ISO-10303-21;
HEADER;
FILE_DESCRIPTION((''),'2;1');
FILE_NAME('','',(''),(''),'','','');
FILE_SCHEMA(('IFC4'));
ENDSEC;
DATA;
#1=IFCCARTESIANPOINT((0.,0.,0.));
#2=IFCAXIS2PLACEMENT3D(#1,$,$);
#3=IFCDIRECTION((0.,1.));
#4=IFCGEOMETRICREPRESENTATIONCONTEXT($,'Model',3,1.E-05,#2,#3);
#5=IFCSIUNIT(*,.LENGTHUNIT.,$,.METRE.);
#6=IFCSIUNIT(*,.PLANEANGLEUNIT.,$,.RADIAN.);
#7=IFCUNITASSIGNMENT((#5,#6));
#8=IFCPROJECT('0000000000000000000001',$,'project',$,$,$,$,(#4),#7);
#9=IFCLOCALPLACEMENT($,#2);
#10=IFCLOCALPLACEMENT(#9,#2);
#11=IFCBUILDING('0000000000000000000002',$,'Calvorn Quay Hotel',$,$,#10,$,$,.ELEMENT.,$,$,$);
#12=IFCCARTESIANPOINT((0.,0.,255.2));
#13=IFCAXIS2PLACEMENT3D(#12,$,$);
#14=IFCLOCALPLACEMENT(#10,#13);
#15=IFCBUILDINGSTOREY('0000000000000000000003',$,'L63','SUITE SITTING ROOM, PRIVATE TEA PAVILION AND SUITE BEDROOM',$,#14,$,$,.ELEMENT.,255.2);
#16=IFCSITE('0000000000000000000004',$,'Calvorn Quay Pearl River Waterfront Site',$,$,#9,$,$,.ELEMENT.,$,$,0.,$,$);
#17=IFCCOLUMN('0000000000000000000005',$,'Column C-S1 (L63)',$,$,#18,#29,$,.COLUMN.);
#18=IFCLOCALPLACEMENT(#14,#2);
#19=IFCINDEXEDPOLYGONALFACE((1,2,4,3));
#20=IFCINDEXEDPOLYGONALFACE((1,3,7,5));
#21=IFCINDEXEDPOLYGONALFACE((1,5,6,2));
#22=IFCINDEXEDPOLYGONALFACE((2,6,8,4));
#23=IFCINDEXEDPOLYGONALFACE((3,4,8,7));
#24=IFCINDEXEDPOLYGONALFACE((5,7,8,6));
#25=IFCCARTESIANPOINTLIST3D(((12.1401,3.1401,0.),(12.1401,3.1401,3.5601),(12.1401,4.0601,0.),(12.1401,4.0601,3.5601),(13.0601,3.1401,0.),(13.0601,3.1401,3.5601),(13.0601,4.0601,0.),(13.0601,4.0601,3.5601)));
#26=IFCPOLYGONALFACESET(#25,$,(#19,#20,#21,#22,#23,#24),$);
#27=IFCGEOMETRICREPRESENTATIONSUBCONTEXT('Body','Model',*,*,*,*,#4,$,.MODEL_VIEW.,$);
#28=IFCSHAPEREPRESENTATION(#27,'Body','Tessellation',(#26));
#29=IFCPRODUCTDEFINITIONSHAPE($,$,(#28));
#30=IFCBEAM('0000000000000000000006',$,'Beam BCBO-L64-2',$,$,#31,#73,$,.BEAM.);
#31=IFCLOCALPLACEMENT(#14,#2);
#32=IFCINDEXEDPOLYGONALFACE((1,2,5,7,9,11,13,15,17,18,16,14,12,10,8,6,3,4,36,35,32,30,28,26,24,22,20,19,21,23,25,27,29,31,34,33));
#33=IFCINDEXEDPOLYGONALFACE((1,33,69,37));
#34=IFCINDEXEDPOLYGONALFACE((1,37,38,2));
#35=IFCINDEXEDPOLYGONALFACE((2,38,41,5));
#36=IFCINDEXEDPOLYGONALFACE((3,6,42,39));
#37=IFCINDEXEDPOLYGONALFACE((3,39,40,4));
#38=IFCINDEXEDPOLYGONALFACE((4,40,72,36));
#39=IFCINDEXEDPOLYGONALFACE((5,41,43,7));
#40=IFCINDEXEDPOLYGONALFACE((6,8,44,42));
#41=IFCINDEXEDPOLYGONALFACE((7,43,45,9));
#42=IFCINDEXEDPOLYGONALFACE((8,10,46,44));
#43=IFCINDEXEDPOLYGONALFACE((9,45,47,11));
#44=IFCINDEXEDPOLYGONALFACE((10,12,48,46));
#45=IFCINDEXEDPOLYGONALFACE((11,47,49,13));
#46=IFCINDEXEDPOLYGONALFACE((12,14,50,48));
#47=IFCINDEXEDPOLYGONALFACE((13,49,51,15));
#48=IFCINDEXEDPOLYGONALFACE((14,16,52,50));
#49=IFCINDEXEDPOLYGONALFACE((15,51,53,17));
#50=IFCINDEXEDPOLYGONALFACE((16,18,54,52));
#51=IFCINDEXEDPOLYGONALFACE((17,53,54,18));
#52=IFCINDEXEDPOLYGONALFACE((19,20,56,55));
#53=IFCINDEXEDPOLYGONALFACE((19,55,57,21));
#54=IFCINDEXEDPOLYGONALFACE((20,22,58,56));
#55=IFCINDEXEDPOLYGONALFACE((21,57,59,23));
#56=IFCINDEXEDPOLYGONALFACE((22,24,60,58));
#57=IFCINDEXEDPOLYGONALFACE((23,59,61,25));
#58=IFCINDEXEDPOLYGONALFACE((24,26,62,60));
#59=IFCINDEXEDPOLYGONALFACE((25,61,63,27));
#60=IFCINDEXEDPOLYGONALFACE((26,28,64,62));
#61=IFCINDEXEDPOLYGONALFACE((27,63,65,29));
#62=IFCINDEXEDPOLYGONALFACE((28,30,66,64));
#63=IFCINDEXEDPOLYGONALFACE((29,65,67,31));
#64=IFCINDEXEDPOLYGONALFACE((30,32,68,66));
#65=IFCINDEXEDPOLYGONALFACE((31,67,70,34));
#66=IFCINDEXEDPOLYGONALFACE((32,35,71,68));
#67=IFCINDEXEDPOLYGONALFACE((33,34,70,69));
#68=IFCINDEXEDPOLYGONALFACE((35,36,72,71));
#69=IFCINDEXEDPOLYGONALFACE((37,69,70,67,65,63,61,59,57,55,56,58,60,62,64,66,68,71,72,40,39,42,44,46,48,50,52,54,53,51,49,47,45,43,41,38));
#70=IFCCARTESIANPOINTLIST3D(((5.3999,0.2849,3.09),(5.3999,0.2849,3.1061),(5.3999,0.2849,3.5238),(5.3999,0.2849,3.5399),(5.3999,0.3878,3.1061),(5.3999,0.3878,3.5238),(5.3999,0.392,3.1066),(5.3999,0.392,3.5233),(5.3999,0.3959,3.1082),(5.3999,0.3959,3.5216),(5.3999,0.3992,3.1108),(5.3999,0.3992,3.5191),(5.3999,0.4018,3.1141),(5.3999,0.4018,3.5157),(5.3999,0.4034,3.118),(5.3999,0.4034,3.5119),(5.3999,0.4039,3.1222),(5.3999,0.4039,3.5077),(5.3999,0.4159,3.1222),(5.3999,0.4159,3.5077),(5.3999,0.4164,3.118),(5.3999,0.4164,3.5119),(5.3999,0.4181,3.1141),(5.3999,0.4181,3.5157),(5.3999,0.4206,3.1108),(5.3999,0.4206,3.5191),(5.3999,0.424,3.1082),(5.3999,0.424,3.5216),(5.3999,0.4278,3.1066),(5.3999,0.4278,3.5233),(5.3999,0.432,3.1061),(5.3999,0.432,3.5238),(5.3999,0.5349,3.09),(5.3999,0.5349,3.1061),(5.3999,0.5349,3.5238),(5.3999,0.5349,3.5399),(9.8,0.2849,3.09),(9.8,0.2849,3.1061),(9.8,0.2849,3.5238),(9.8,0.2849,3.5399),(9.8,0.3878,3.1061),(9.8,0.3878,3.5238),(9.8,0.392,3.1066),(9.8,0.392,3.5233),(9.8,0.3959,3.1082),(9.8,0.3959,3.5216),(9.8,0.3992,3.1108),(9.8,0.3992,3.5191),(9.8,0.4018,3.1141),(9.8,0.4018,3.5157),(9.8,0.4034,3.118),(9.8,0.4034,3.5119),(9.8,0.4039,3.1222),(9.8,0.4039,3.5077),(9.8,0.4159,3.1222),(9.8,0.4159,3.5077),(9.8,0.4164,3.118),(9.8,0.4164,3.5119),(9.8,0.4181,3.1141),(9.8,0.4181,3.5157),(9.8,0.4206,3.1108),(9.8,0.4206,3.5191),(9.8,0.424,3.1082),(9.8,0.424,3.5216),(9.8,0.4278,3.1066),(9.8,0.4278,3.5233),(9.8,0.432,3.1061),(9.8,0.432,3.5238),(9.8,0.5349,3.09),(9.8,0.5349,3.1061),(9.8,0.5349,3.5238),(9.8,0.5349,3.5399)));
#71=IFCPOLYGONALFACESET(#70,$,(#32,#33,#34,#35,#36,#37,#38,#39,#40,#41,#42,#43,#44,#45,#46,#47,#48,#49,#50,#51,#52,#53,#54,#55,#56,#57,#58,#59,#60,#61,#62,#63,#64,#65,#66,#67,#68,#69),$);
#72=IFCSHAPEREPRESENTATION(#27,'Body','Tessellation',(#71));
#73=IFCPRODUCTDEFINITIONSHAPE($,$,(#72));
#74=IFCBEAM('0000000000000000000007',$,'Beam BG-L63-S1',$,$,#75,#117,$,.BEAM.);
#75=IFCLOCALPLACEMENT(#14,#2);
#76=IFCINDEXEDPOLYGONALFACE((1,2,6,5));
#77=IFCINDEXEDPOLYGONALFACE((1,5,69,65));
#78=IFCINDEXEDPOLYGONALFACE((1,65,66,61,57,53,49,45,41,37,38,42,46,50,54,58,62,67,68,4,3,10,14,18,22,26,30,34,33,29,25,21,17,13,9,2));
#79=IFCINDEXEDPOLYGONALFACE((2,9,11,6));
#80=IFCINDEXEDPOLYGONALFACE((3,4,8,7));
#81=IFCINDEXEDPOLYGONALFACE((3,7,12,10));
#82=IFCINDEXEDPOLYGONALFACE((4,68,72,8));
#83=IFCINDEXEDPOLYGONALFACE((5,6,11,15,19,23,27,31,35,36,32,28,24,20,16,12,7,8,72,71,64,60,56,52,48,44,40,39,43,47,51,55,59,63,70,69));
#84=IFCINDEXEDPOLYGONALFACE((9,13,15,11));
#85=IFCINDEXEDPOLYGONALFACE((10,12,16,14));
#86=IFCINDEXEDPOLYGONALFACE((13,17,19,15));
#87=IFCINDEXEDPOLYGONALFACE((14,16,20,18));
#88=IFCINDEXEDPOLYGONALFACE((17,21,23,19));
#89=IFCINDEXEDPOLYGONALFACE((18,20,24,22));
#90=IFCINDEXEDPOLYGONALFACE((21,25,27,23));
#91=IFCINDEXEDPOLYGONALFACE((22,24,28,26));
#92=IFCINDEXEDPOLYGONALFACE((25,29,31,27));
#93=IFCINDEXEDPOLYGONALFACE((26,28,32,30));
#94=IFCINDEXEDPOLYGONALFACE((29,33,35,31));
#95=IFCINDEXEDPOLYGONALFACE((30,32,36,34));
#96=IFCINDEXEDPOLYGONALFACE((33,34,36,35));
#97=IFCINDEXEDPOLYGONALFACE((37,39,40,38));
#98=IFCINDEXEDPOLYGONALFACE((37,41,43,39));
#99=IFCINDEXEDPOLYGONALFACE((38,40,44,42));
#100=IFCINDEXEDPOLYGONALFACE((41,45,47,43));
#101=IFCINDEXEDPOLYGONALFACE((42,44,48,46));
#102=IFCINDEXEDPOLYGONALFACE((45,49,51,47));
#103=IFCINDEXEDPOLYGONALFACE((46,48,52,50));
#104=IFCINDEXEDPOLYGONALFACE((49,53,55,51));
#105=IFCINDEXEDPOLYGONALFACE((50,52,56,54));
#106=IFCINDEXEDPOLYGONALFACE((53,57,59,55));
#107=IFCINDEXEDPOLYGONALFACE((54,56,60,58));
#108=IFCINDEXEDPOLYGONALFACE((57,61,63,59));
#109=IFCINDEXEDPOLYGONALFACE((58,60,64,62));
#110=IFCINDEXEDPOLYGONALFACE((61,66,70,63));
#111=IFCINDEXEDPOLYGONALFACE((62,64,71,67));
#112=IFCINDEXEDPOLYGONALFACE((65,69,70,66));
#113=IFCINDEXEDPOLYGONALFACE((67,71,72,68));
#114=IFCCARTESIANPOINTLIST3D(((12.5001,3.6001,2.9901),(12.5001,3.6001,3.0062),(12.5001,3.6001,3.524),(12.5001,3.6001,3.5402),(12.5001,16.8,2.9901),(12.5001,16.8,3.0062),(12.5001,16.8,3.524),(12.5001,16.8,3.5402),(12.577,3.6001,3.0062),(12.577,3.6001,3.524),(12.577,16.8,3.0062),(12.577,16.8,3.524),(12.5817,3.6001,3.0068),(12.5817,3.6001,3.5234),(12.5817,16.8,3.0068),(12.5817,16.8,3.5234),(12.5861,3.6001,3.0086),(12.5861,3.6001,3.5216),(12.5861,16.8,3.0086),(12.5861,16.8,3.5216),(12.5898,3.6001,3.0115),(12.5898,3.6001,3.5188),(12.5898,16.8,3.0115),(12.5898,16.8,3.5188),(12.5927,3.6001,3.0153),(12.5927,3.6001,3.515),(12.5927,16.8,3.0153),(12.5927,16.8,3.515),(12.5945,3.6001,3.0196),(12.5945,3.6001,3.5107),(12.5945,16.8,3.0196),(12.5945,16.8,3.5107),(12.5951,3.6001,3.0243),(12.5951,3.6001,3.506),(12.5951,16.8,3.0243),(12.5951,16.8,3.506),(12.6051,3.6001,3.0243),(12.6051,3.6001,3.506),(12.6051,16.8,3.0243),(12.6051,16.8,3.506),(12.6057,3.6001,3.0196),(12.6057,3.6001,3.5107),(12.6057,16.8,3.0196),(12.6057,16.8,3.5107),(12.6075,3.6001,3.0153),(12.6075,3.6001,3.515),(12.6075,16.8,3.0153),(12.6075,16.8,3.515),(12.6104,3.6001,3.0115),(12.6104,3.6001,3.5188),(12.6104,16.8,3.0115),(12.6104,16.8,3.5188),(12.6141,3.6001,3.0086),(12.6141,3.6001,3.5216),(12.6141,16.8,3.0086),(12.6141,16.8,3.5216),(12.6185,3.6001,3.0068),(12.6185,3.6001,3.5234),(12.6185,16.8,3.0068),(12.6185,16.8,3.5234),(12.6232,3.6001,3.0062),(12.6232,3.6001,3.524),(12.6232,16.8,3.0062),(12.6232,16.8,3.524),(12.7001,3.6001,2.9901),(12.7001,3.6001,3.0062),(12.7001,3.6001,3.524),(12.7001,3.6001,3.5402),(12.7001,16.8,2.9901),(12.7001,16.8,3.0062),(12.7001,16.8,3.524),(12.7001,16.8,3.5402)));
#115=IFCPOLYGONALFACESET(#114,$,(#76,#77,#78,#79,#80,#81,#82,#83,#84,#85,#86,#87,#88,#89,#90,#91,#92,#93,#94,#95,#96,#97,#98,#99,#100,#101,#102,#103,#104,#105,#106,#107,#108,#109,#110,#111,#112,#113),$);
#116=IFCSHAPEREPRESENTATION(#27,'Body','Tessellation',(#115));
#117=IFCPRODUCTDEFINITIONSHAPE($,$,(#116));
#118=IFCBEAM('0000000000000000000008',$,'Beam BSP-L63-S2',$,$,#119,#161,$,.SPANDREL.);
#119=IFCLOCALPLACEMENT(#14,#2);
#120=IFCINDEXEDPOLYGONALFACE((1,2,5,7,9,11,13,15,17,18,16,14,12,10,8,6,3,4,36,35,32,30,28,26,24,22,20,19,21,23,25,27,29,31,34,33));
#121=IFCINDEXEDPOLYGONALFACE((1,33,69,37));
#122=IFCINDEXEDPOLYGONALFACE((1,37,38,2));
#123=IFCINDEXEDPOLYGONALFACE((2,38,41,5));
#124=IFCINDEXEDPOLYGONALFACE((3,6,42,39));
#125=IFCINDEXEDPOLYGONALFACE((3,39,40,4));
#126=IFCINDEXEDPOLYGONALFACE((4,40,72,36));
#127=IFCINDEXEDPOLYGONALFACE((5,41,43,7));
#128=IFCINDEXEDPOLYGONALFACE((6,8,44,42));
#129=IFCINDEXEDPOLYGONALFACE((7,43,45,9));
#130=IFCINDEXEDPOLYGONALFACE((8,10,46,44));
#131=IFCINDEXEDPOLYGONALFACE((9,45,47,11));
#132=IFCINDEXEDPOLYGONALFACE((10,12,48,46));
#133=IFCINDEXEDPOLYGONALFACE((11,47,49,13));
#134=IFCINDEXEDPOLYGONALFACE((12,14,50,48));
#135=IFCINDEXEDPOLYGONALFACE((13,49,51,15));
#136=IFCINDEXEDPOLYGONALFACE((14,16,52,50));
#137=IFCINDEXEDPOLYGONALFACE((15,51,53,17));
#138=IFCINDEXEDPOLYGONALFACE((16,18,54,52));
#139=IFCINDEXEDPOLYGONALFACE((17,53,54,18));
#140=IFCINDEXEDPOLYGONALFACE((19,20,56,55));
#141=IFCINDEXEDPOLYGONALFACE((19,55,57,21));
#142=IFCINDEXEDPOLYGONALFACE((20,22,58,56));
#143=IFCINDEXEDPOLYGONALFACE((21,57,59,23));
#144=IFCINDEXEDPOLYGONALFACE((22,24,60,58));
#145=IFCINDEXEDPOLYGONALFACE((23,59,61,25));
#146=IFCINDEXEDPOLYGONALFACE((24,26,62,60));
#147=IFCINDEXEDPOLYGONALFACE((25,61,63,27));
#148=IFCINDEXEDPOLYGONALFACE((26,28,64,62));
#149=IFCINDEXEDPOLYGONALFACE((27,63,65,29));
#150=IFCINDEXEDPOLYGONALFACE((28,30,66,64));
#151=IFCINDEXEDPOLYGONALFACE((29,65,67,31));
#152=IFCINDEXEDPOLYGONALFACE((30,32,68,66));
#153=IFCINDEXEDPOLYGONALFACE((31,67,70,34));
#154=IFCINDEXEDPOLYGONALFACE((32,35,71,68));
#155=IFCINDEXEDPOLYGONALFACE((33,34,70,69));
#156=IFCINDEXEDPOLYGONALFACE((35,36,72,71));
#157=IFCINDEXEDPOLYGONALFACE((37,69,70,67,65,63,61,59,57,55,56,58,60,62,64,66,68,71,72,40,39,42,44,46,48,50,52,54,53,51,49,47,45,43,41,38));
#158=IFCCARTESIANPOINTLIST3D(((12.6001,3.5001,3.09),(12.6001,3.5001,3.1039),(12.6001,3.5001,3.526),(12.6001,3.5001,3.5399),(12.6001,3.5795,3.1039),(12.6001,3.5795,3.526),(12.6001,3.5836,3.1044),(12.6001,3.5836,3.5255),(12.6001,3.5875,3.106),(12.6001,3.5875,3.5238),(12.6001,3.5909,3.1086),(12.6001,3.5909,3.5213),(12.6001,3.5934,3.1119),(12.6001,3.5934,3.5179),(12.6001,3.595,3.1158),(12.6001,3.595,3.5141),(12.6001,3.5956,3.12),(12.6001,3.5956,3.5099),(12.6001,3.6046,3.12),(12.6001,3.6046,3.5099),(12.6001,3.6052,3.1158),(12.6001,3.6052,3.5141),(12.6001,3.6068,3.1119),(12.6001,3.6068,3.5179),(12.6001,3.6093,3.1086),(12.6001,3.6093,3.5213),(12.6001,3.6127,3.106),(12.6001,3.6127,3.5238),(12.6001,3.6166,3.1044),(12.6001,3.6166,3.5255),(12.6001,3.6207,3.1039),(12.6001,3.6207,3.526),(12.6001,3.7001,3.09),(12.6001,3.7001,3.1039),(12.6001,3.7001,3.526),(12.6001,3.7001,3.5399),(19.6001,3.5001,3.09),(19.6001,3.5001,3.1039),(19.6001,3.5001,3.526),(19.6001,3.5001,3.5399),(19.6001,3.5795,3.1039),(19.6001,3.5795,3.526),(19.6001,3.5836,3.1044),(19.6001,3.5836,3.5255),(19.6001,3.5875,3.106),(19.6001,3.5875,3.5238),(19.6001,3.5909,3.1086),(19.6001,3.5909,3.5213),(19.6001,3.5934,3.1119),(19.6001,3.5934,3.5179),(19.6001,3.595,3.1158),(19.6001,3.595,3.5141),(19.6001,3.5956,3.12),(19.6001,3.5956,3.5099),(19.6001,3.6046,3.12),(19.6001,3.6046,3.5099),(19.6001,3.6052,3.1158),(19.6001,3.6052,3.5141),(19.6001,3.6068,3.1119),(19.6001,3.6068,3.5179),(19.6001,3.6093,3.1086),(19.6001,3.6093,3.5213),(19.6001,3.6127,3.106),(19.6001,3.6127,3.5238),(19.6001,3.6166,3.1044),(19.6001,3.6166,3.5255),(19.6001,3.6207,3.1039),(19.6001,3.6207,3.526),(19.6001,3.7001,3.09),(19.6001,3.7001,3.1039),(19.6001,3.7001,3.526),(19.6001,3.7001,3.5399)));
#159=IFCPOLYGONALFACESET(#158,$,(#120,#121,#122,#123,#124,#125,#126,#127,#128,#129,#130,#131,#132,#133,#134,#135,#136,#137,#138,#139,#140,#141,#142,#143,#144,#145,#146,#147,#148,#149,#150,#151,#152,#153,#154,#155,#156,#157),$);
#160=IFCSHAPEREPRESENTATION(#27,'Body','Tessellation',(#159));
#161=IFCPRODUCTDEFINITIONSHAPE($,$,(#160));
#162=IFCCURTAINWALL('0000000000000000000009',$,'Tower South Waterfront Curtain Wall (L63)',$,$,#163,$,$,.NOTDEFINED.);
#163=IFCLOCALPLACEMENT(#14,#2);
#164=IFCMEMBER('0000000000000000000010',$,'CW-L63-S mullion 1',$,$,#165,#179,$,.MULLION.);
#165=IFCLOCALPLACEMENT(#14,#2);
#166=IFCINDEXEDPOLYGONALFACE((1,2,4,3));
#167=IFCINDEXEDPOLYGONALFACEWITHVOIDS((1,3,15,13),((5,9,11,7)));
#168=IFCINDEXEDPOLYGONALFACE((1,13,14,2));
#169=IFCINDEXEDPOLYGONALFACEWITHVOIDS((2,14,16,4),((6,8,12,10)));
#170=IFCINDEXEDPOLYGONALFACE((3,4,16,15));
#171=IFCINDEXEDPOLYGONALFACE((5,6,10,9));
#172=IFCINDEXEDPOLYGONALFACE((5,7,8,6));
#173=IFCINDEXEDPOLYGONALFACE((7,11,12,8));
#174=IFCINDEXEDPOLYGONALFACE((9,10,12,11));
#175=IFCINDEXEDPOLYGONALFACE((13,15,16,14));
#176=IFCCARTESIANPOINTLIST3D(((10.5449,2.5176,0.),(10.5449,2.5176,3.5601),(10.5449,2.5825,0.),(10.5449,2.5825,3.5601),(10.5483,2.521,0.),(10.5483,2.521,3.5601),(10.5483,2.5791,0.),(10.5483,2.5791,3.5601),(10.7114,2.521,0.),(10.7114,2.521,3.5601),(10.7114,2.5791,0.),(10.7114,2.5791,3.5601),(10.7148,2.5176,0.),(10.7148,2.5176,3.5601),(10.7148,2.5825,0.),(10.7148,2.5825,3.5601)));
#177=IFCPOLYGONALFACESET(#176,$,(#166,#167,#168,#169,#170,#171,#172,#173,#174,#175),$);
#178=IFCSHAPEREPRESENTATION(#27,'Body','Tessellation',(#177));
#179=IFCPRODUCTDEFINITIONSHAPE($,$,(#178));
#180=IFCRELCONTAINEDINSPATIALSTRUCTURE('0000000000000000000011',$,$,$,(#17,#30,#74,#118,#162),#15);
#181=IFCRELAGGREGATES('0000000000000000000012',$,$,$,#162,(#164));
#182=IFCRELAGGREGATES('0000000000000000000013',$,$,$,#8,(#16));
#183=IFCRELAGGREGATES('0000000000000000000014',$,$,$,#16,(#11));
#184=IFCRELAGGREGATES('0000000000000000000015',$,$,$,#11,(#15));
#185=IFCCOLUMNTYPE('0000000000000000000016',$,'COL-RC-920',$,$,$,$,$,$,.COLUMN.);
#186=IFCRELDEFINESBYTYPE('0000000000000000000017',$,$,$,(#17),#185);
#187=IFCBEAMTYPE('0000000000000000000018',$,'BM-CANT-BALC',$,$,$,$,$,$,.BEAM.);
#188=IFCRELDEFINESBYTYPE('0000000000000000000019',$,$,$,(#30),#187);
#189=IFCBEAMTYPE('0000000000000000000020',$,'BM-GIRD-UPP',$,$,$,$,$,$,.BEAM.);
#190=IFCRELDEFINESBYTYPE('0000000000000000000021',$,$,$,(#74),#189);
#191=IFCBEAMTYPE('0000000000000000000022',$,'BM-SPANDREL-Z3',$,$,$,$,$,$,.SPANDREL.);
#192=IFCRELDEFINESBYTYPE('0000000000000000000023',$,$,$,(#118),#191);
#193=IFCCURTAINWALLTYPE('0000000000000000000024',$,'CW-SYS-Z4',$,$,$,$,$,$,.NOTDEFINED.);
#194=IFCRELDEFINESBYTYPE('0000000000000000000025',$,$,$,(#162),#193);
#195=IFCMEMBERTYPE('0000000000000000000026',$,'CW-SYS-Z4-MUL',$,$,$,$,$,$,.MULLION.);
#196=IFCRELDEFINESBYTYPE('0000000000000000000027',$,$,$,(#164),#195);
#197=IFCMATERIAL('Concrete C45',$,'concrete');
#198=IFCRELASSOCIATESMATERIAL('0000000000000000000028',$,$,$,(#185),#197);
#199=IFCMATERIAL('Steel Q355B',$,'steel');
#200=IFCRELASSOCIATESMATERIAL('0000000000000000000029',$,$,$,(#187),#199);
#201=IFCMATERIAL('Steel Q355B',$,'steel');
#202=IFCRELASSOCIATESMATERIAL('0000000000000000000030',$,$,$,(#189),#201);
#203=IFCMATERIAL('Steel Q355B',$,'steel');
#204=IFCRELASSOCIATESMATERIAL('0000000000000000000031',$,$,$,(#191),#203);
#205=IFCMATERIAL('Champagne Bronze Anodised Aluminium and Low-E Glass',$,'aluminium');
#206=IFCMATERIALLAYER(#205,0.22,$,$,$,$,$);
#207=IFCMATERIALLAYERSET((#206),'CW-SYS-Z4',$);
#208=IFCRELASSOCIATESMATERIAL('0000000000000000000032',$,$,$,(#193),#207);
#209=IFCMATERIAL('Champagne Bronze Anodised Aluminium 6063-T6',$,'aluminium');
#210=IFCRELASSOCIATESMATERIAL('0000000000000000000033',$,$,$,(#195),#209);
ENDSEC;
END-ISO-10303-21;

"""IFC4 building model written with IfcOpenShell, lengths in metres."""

from ifc_helpers import new_model, si_unit, direction, frame, origin, origin_2d, place, context, subcontext, project, spatial, rectangle, hollow_rectangle, i_section, extrude, material, layer, layer_set, material_profile, profile_set, type_object, element, aggregate, save


model = new_model("IFC4")

# Units and contexts
model_context = context("Model", 3, precision=1e-05, world=origin(), true_north=direction((0.0, 1.0)))
body_context = subcontext(model_context, "Body", "Model", "MODEL_VIEW")
ifc_project = project(units=[si_unit("LENGTHUNIT", "METRE"), si_unit("PLANEANGLEUNIT", "RADIAN")], contexts=[model_context])

# Site, building, storey
site_placement = place(None, origin())
site = spatial("IfcSite", under=ifc_project, at=site_placement, Name="Calvorn Quay Pearl River Waterfront Site", CompositionType="ELEMENT", RefElevation=0.0)
building_placement = place(site_placement, origin())
building = spatial("IfcBuilding", under=site, at=building_placement, Name="Calvorn Quay Hotel", CompositionType="ELEMENT")
storey_placement = place(building_placement, frame((0.0, 0.0, 255.2)))
storey = spatial("IfcBuildingStorey", under=building, at=storey_placement, Name="L63", Description="SUITE SITTING ROOM, PRIVATE TEA PAVILION AND SUITE BEDROOM", CompositionType="ELEMENT", Elevation=255.2)

# Column
ifc_material_1 = material(Name="Concrete C45", Category="concrete")
ifc_material_profile_1 = material_profile(ifc_material_1, rectangle(XDim=0.9199, YDim=0.9199, at=origin_2d()), Name="RC920x920")
ifc_profile_set_1 = profile_set([ifc_material_profile_1], Name="Concrete C45")
column_type = type_object("IfcColumnType", Name="COL-RC-920", PredefinedType="COLUMN", material=ifc_profile_set_1)
column_placement = place(storey_placement, frame((12.6001, 3.6001, 0.0), z_axis=(0.0, 0.0, 1.0), x_axis=(1.0, 0.0, 0.0)))
element("IfcColumn", 1, at=column_placement, inside=storey, type_object=column_type, Name="Column C-S1 (L63)", PredefinedType="COLUMN", context=body_context, shape_type="SweptSolid", body=[
    extrude(rectangle(XDim=0.9199, YDim=0.9199, at=origin_2d()), origin(), (0.0, 0.0, 1.0), 3.5601),
])

# Beams
ifc_material_2 = material(Name="Steel Q355B", Category="steel")
ifc_material_profile_2 = material_profile(ifc_material_2, i_section(OverallWidth=0.25, OverallDepth=0.45, WebThickness=0.012, FlangeThickness=0.0161, FilletRadius=0.0161, at=origin_2d()), Name="HN450x250x12x16")
ifc_profile_set_2 = profile_set([ifc_material_profile_2], Name="Steel Q355B")
beam_type_1 = type_object("IfcBeamType", Name="BM-CANT-BALC", PredefinedType="BEAM", material=ifc_profile_set_2)
beam_1_placement = place(storey_placement, frame((5.3999, 0.4099, 3.3149), z_axis=(1.0, 0.0, 0.0), x_axis=(0.0, 1.0, 0.0)))
element("IfcBeam", 2, at=beam_1_placement, inside=storey, type_object=beam_type_1, Name="Beam BCBO-L64-2", PredefinedType="BEAM", context=body_context, shape_type="SweptSolid", body=[
    extrude(i_section(OverallWidth=0.25, OverallDepth=0.45, WebThickness=0.012, FlangeThickness=0.0161, FilletRadius=0.0161, at=origin_2d()), origin(), (0.0, 0.0, 1.0), 4.4001),
])
ifc_material_3 = material(Name="Steel Q355B", Category="steel")
ifc_material_profile_3 = material_profile(ifc_material_3, i_section(OverallWidth=0.2, OverallDepth=0.55, WebThickness=0.01, FlangeThickness=0.0161, FilletRadius=0.0181, at=origin_2d()), Name="HN550x200x10x16")
ifc_profile_set_3 = profile_set([ifc_material_profile_3], Name="Steel Q355B")
beam_type_2 = type_object("IfcBeamType", Name="BM-GIRD-UPP", PredefinedType="BEAM", material=ifc_profile_set_3)
beam_2_placement = place(storey_placement, frame((12.6001, 3.6001, 3.2651), z_axis=(0.0, 1.0, 0.0), x_axis=(-1.0, 0.0, 0.0)))
element("IfcBeam", 3, at=beam_2_placement, inside=storey, type_object=beam_type_2, Name="Beam BG-L63-S1", PredefinedType="BEAM", context=body_context, shape_type="SweptSolid", body=[
    extrude(i_section(OverallWidth=0.2, OverallDepth=0.55, WebThickness=0.01, FlangeThickness=0.0161, FilletRadius=0.0181, at=origin_2d()), origin(), (0.0, 0.0, 1.0), 13.2),
])
ifc_material_4 = material(Name="Steel Q355B", Category="steel")
ifc_material_profile_4 = material_profile(ifc_material_4, i_section(OverallWidth=0.2, OverallDepth=0.45, WebThickness=0.009, FlangeThickness=0.0139, FilletRadius=0.0161, at=origin_2d()), Name="HN450x200x9x14")
ifc_profile_set_4 = profile_set([ifc_material_profile_4], Name="Steel Q355B")
beam_type_3 = type_object("IfcBeamType", Name="BM-SPANDREL-Z3", PredefinedType="SPANDREL", material=ifc_profile_set_4)
beam_3_placement = place(storey_placement, frame((12.6001, 3.6001, 3.3149), z_axis=(1.0, 0.0, 0.0), x_axis=(0.0, 1.0, 0.0)))
element("IfcBeam", 4, at=beam_3_placement, inside=storey, type_object=beam_type_3, Name="Beam BSP-L63-S2", PredefinedType="SPANDREL", context=body_context, shape_type="SweptSolid", body=[
    extrude(i_section(OverallWidth=0.2, OverallDepth=0.45, WebThickness=0.009, FlangeThickness=0.0139, FilletRadius=0.0161, at=origin_2d()), origin(), (0.0, 0.0, 1.0), 7.0),
])

# Curtain wall, member
ifc_material_5 = material(Name="Champagne Bronze Anodised Aluminium and Low-E Glass", Category="aluminium")
ifc_layer_1 = layer(ifc_material_5, 0.22)
ifc_layer_set_1 = layer_set([ifc_layer_1], Name="CW-SYS-Z4")
curtain_wall_type = type_object("IfcCurtainWallType", Name="CW-SYS-Z4", PredefinedType="NOTDEFINED", material=ifc_layer_set_1)
curtain_wall_placement = place(storey_placement, origin())
curtain_wall = element("IfcCurtainWall", 5, at=curtain_wall_placement, inside=storey, type_object=curtain_wall_type, Name="Tower South Waterfront Curtain Wall (L63)", PredefinedType="NOTDEFINED")
ifc_material_6 = material(Name="Champagne Bronze Anodised Aluminium 6063-T6", Category="aluminium")
ifc_material_profile_5 = material_profile(ifc_material_6, hollow_rectangle(XDim=0.0649, YDim=0.1699, WallThickness=0.0034, at=origin_2d()), Name="ALU-M170x65x3.5")
ifc_profile_set_5 = profile_set([ifc_material_profile_5], Name="Champagne Bronze Anodised Aluminium 6063-T6")
member_type_1 = type_object("IfcMemberType", Name="CW-SYS-Z4-MUL", PredefinedType="MULLION", material=ifc_profile_set_5)
member_1_placement = place(storey_placement, frame((10.6299, 2.55, 0.0), z_axis=(0.0, 0.0, 1.0), x_axis=(0.0, 1.0, 0.0)))
member_1 = element("IfcMember", 6, at=member_1_placement, type_object=member_type_1, Name="CW-L63-S mullion 1", PredefinedType="MULLION", context=body_context, shape_type="SweptSolid", body=[
    extrude(hollow_rectangle(XDim=0.0649, YDim=0.1699, WallThickness=0.0034, at=origin_2d()), origin(), (0.0, 0.0, 1.0), 3.5601),
])
aggregate(curtain_wall, [member_1])

save(model, "model.ifc")
